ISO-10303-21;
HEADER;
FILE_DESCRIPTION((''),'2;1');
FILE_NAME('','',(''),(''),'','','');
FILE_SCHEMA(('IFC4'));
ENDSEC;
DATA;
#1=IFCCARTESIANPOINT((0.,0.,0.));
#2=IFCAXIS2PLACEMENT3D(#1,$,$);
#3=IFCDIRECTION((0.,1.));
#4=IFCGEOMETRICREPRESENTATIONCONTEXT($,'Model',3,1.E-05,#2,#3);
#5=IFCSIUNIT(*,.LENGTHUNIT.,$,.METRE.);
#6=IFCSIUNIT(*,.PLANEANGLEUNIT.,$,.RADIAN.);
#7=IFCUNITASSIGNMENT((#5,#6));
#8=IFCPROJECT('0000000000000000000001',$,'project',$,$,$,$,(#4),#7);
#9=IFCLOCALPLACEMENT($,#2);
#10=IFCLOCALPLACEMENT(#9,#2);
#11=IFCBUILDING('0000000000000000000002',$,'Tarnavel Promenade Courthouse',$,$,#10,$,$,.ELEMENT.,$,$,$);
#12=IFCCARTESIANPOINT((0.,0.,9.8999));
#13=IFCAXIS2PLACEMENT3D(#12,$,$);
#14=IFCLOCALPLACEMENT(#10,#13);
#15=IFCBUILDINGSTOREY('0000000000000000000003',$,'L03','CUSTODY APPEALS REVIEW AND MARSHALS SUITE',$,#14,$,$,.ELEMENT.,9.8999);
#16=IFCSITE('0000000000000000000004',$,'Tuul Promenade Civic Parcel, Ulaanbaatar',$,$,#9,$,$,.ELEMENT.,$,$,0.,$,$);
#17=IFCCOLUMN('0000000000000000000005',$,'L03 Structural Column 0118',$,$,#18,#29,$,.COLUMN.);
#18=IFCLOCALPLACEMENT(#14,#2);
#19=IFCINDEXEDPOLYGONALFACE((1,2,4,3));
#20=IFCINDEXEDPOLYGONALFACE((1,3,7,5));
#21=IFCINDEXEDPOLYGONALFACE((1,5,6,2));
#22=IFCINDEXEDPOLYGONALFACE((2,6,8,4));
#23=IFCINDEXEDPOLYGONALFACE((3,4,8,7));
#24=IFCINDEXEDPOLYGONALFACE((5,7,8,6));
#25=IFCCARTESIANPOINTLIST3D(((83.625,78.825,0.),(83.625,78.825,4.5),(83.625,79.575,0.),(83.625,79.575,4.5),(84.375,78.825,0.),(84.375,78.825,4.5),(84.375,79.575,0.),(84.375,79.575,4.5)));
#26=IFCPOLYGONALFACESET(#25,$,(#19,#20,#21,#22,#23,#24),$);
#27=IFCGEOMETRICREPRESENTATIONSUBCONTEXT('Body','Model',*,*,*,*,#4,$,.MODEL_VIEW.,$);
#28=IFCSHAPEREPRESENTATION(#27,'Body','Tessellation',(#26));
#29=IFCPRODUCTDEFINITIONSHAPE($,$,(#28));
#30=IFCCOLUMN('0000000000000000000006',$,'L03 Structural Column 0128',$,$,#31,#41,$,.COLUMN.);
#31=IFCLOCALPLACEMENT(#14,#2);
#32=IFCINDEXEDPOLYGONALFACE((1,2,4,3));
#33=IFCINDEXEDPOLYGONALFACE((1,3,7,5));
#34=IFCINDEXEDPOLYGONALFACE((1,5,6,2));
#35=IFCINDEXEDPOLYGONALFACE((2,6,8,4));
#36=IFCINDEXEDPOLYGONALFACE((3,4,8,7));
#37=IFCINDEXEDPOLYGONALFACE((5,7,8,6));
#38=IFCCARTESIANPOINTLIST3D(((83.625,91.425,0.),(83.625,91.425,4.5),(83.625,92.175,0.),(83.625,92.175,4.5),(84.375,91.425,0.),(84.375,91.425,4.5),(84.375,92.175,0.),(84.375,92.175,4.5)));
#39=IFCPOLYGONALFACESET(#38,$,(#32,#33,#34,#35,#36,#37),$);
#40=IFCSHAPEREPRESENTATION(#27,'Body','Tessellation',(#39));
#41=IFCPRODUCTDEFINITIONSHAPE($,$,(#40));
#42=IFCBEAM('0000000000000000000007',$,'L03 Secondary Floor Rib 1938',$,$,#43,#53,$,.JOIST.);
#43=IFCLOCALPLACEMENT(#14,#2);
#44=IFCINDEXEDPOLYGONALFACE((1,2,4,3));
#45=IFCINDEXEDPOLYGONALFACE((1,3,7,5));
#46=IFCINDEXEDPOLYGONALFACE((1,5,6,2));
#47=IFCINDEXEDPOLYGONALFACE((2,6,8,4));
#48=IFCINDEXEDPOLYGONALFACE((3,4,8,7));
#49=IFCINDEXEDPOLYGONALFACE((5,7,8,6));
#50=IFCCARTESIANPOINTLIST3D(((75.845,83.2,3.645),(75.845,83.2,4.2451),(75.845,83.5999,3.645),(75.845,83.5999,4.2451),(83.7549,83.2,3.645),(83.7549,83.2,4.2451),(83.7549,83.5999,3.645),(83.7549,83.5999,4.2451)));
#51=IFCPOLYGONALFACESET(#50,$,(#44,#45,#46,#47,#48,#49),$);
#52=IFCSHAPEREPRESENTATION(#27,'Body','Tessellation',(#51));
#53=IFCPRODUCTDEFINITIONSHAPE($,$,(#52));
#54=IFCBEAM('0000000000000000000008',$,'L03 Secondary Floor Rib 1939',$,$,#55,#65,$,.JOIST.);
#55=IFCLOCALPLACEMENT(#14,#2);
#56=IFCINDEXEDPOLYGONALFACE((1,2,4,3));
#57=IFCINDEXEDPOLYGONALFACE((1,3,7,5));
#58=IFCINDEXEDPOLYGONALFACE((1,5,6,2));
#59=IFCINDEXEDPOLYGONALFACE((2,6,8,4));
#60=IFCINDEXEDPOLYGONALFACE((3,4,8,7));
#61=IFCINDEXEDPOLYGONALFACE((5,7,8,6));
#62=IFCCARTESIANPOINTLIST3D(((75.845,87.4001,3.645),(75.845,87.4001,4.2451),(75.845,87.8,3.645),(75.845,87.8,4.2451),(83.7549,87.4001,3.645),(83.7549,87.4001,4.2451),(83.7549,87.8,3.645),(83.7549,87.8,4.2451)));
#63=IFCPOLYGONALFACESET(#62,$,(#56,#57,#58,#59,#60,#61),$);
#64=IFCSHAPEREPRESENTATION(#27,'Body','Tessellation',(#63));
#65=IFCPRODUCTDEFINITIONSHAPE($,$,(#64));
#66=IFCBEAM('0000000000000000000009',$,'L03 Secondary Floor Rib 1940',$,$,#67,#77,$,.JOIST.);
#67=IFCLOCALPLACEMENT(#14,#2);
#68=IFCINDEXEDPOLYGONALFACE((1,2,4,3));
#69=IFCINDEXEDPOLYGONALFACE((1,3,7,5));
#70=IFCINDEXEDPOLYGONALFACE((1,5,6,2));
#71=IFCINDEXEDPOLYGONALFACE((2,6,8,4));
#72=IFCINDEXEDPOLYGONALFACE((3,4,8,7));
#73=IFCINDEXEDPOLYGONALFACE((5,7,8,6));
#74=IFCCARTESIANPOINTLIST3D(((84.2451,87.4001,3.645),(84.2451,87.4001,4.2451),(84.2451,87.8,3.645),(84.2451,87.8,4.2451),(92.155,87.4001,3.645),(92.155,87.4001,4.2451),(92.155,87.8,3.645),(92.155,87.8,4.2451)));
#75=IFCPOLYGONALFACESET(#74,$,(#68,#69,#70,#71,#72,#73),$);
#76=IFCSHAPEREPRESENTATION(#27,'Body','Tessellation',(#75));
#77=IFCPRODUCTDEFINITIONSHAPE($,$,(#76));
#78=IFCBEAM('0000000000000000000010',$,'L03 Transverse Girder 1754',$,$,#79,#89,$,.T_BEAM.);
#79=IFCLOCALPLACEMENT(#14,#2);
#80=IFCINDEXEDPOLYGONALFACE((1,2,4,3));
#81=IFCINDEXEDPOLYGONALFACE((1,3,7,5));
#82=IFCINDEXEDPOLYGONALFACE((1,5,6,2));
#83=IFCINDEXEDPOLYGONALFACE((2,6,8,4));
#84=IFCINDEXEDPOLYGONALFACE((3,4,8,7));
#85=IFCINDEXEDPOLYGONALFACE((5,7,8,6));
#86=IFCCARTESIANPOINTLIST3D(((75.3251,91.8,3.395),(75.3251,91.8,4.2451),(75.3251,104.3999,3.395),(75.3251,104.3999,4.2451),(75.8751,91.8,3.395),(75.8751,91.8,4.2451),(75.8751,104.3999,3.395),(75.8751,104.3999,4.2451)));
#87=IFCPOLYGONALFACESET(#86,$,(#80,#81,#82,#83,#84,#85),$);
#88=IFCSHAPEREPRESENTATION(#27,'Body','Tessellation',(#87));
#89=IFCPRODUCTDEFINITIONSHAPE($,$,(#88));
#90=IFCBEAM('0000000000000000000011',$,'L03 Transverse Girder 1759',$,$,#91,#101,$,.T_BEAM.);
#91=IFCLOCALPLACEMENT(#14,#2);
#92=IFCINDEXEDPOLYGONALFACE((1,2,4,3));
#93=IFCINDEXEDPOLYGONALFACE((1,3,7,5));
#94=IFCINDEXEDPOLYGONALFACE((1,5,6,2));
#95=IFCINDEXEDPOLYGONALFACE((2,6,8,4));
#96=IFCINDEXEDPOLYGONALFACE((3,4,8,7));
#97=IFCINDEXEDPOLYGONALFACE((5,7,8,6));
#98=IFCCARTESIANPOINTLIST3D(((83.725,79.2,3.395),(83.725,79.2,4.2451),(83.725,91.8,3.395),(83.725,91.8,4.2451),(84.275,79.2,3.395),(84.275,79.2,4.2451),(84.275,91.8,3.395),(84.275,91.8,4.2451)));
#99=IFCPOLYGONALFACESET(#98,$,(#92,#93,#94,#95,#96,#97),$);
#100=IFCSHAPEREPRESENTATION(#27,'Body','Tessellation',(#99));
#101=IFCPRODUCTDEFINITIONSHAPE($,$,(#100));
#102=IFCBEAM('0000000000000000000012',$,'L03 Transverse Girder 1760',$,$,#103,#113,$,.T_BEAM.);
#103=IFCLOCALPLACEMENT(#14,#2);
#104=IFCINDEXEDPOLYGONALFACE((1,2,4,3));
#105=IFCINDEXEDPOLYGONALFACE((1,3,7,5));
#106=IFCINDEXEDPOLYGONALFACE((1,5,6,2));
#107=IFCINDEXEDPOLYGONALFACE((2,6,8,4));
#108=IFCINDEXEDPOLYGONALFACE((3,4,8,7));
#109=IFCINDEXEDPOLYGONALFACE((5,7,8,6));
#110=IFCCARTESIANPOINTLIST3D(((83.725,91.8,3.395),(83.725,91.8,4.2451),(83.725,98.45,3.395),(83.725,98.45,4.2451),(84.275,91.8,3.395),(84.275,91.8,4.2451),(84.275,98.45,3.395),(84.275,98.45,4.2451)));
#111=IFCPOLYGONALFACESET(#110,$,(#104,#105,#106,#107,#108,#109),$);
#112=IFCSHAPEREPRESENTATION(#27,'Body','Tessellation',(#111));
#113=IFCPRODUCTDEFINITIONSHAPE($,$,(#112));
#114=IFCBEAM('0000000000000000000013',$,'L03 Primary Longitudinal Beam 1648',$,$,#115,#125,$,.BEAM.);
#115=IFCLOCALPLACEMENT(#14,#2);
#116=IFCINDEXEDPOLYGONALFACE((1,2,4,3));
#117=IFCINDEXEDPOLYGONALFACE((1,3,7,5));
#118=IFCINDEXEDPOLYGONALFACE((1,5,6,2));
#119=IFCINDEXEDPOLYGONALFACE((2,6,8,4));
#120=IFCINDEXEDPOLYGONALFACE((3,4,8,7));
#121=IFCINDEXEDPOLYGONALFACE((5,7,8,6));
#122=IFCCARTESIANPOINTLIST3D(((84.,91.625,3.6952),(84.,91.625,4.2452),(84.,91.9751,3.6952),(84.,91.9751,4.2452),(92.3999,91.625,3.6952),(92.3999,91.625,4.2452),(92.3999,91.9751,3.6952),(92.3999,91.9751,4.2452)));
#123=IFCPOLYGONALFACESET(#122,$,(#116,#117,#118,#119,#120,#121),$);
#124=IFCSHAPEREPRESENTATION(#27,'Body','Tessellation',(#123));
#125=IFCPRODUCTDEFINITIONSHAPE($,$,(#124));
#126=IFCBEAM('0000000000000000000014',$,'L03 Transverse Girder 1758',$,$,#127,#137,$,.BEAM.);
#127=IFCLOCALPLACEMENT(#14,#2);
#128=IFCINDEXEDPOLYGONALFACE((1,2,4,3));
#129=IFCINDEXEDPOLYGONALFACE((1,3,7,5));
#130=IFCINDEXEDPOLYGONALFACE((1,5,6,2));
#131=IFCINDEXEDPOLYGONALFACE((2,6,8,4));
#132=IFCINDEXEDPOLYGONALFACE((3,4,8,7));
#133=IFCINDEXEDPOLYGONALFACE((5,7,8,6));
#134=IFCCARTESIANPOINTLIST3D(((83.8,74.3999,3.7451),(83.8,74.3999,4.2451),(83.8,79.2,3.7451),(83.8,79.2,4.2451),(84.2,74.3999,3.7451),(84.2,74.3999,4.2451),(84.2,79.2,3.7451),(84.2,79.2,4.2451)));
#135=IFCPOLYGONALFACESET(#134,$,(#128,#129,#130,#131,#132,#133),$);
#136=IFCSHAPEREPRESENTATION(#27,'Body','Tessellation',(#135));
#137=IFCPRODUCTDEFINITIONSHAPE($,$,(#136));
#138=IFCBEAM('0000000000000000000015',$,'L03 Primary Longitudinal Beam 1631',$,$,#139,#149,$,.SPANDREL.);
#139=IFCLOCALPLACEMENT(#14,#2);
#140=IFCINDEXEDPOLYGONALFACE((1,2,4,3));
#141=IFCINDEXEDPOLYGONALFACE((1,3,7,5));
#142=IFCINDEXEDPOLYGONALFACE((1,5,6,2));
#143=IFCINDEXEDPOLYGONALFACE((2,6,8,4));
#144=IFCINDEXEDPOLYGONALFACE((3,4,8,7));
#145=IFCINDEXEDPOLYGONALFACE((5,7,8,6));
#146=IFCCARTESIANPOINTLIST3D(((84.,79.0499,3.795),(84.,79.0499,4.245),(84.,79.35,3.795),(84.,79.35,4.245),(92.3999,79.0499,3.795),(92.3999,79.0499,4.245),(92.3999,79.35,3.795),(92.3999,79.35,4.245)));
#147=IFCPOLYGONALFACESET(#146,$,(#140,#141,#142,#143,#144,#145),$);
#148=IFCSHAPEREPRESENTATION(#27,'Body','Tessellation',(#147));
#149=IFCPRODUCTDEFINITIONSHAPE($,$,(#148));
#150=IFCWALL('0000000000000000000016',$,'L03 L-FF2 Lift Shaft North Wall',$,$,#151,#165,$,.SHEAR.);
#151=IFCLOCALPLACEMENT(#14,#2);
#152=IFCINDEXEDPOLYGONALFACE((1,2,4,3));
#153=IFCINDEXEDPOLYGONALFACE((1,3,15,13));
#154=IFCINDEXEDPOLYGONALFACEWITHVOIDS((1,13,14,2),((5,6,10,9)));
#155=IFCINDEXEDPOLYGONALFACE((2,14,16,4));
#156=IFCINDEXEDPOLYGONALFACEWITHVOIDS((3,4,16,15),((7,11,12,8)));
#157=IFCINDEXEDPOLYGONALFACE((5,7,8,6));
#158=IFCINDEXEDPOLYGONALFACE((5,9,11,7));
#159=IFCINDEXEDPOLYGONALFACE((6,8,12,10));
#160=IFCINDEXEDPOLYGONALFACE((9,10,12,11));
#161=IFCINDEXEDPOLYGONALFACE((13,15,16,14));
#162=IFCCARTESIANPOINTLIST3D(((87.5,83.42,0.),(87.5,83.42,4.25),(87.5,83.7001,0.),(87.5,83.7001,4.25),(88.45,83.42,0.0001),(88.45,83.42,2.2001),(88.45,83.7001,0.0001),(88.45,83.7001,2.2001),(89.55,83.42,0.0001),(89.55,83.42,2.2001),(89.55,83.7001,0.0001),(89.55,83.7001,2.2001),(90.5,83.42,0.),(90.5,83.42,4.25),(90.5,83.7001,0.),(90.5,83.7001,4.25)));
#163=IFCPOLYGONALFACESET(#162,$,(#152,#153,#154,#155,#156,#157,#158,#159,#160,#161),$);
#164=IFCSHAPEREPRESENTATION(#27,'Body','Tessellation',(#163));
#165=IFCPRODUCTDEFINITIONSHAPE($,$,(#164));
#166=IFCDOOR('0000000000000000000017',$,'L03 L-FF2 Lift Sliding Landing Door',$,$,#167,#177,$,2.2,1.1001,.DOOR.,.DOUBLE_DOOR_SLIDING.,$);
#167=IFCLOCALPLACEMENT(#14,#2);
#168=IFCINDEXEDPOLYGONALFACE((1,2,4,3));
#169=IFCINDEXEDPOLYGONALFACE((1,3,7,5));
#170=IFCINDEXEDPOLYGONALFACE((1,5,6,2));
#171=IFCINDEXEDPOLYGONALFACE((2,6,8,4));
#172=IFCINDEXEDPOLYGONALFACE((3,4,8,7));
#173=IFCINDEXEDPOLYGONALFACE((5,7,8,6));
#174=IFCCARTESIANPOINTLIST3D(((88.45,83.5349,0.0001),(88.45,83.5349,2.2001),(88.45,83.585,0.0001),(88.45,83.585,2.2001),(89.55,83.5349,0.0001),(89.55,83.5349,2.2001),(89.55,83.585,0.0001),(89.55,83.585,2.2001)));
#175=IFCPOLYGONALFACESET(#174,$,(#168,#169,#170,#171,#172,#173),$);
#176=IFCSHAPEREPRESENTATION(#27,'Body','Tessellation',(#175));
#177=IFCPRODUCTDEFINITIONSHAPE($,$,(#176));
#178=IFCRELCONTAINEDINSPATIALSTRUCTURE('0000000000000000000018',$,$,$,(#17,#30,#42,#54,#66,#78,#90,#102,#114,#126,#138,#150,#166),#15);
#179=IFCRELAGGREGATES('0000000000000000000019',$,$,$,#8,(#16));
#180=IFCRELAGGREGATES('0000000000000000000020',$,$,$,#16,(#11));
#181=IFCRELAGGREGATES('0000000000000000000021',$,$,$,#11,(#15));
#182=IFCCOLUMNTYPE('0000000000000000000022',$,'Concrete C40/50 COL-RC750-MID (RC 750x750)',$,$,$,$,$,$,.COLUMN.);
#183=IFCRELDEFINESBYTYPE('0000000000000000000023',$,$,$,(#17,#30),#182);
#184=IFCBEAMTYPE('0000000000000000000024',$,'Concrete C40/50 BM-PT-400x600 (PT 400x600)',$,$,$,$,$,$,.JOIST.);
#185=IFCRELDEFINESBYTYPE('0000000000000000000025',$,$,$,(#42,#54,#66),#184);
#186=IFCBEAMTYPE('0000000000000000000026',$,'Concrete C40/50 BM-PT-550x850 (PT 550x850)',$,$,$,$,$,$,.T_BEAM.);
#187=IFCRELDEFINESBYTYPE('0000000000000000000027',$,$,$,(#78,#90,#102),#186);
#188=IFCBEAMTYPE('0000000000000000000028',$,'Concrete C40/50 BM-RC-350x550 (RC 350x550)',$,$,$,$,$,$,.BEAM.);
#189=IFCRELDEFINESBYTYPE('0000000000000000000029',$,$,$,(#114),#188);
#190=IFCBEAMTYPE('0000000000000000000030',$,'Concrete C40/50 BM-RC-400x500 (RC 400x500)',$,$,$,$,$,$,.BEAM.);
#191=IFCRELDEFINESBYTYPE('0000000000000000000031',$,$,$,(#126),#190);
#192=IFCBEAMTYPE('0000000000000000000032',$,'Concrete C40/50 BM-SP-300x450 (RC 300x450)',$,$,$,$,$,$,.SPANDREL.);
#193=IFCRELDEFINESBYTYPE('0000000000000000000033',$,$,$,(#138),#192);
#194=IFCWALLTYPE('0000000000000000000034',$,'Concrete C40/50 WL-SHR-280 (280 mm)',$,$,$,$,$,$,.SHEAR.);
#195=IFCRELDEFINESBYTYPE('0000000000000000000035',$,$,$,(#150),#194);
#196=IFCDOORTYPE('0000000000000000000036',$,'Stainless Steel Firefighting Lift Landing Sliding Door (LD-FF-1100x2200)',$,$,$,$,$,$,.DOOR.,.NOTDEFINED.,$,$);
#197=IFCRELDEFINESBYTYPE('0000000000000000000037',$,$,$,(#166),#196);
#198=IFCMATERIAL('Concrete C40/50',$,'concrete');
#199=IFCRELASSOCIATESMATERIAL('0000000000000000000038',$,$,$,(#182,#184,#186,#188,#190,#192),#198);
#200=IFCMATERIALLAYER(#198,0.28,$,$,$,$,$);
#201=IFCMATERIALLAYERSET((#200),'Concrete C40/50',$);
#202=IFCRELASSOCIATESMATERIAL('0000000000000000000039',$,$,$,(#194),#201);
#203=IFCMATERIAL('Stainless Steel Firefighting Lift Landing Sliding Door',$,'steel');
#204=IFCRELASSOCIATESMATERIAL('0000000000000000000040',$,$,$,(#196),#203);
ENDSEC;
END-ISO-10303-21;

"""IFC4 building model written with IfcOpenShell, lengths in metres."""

from ifc_helpers import new_model, si_unit, direction, frame, frame_2d, origin, origin_2d, place, context, subcontext, project, spatial, rectangle, extrude, material, layer, layer_set, material_profile, profile_set, type_object, element, fill, save


model = new_model("IFC4")

# Units and contexts
model_context = context("Model", 3, precision=1e-05, world=origin(), true_north=direction((0.0, 1.0)))
body_context = subcontext(model_context, "Body", "Model", "MODEL_VIEW")
ifc_project = project(units=[si_unit("LENGTHUNIT", "METRE"), si_unit("PLANEANGLEUNIT", "RADIAN")], contexts=[model_context])

# Site, building, storey
site_placement = place(None, origin())
site = spatial("IfcSite", under=ifc_project, at=site_placement, Name="Tuul Promenade Civic Parcel, Ulaanbaatar", CompositionType="ELEMENT", RefElevation=0.0)
building_placement = place(site_placement, origin())
building = spatial("IfcBuilding", under=site, at=building_placement, Name="Tarnavel Promenade Courthouse", CompositionType="ELEMENT")
storey_placement = place(building_placement, frame((0.0, 0.0, 9.8999)))
storey = spatial("IfcBuildingStorey", under=building, at=storey_placement, Name="L03", Description="CUSTODY APPEALS REVIEW AND MARSHALS SUITE", CompositionType="ELEMENT", Elevation=9.8999)

# Columns
ifc_material_1 = material(Name="Concrete C40/50", Category="concrete")
ifc_material_profile_1 = material_profile(ifc_material_1, rectangle(XDim=0.75, YDim=0.75, at=origin_2d()), Name="RC 750x750")
ifc_profile_set_1 = profile_set([ifc_material_profile_1], Name="Concrete C40/50")
column_type = type_object("IfcColumnType", Name="Concrete C40/50 COL-RC750-MID (RC 750x750)", PredefinedType="COLUMN", material=ifc_profile_set_1)
for number, where, z_axis, x_axis, name in (
    (1, (84.0, 79.2, 0.0), (0.0, 0.0, 1.0), (1.0, 0.0, 0.0), "L03 Structural Column 0118"),
    (2, (84.0, 91.8, 0.0), (0.0, 0.0, 1.0), (1.0, 0.0, 0.0), "L03 Structural Column 0128"),
):
    element("IfcColumn", number, at=place(storey_placement, frame(where, z_axis=z_axis, x_axis=x_axis)), inside=storey, type_object=column_type, Name=name, PredefinedType="COLUMN", context=body_context, shape_type="SweptSolid", body=[
        extrude(rectangle(XDim=0.75, YDim=0.75, at=origin_2d()), origin(), (0.0, 0.0, 1.0), 4.5),
    ])

# Beams
ifc_material_profile_2 = material_profile(ifc_material_1, rectangle(XDim=0.3999, YDim=0.6001, at=origin_2d()), Name="PT 400x600")
ifc_profile_set_2 = profile_set([ifc_material_profile_2], Name="Concrete C40/50")
beam_type_1 = type_object("IfcBeamType", Name="Concrete C40/50 BM-PT-400x600 (PT 400x600)", PredefinedType="JOIST", material=ifc_profile_set_2)
for number, where, z_axis, x_axis, name in (
    (3, (75.845, 83.3999, 3.9451), (1.0, 0.0, 0.0), (0.0, 1.0, 0.0), "L03 Secondary Floor Rib 1938"),
    (4, (75.845, 87.6001, 3.9451), (1.0, 0.0, 0.0), (0.0, 1.0, 0.0), "L03 Secondary Floor Rib 1939"),
    (5, (84.2451, 87.6001, 3.9451), (1.0, 0.0, 0.0), (0.0, 1.0, 0.0), "L03 Secondary Floor Rib 1940"),
):
    element("IfcBeam", number, at=place(storey_placement, frame(where, z_axis=z_axis, x_axis=x_axis)), inside=storey, type_object=beam_type_1, Name=name, PredefinedType="JOIST", context=body_context, shape_type="SweptSolid", body=[
        extrude(rectangle(XDim=0.3999, YDim=0.6001, at=origin_2d()), origin(), (0.0, 0.0, 1.0), 7.9099),
    ])
ifc_material_profile_3 = material_profile(ifc_material_1, rectangle(XDim=0.55, YDim=0.8501, at=origin_2d()), Name="PT 550x850")
ifc_profile_set_3 = profile_set([ifc_material_profile_3], Name="Concrete C40/50")
beam_type_2 = type_object("IfcBeamType", Name="Concrete C40/50 BM-PT-550x850 (PT 550x850)", PredefinedType="T_BEAM", material=ifc_profile_set_3)
beam_1_placement = place(storey_placement, frame((75.6001, 91.8, 3.8201), z_axis=(0.0, 1.0, 0.0), x_axis=(-1.0, 0.0, 0.0)))
element("IfcBeam", 6, at=beam_1_placement, inside=storey, type_object=beam_type_2, Name="L03 Transverse Girder 1754", PredefinedType="T_BEAM", context=body_context, shape_type="SweptSolid", body=[
    extrude(rectangle(XDim=0.55, YDim=0.8501, at=origin_2d()), origin(), (0.0, 0.0, 1.0), 12.5999),
])
beam_2_placement = place(storey_placement, frame((84.0, 79.2, 3.8201), z_axis=(0.0, 1.0, 0.0), x_axis=(-1.0, 0.0, 0.0)))
element("IfcBeam", 7, at=beam_2_placement, inside=storey, type_object=beam_type_2, Name="L03 Transverse Girder 1759", PredefinedType="T_BEAM", context=body_context, shape_type="SweptSolid", body=[
    extrude(rectangle(XDim=0.55, YDim=0.8501, at=origin_2d()), origin(), (0.0, 0.0, 1.0), 12.6001),
])
beam_3_placement = place(storey_placement, frame((84.0, 91.8, 3.8201), z_axis=(0.0, 1.0, 0.0), x_axis=(-1.0, 0.0, 0.0)))
element("IfcBeam", 8, at=beam_3_placement, inside=storey, type_object=beam_type_2, Name="L03 Transverse Girder 1760", PredefinedType="T_BEAM", context=body_context, shape_type="SweptSolid", body=[
    extrude(rectangle(XDim=0.55, YDim=0.8501, at=origin_2d()), origin(), (0.0, 0.0, 1.0), 6.6499),
])
ifc_material_profile_4 = material_profile(ifc_material_1, rectangle(XDim=0.3501, YDim=0.55, at=origin_2d()), Name="RC 350x550")
ifc_profile_set_4 = profile_set([ifc_material_profile_4], Name="Concrete C40/50")
beam_type_3 = type_object("IfcBeamType", Name="Concrete C40/50 BM-RC-350x550 (RC 350x550)", PredefinedType="BEAM", material=ifc_profile_set_4)
beam_4_placement = place(storey_placement, frame((84.0, 91.8, 3.9702), z_axis=(1.0, 0.0, 0.0), x_axis=(0.0, 1.0, 0.0)))
element("IfcBeam", 9, at=beam_4_placement, inside=storey, type_object=beam_type_3, Name="L03 Primary Longitudinal Beam 1648", PredefinedType="BEAM", context=body_context, shape_type="SweptSolid", body=[
    extrude(rectangle(XDim=0.3501, YDim=0.55, at=origin_2d()), origin(), (0.0, 0.0, 1.0), 8.3999),
])
ifc_material_profile_5 = material_profile(ifc_material_1, rectangle(XDim=0.3999, YDim=0.5, at=origin_2d()), Name="RC 400x500")
ifc_profile_set_5 = profile_set([ifc_material_profile_5], Name="Concrete C40/50")
beam_type_4 = type_object("IfcBeamType", Name="Concrete C40/50 BM-RC-400x500 (RC 400x500)", PredefinedType="BEAM", material=ifc_profile_set_5)
beam_5_placement = place(storey_placement, frame((84.0, 74.3999, 3.9951), z_axis=(0.0, 1.0, 0.0), x_axis=(-1.0, 0.0, 0.0)))
element("IfcBeam", 10, at=beam_5_placement, inside=storey, type_object=beam_type_4, Name="L03 Transverse Girder 1758", PredefinedType="BEAM", context=body_context, shape_type="SweptSolid", body=[
    extrude(rectangle(XDim=0.3999, YDim=0.5, at=origin_2d()), origin(), (0.0, 0.0, 1.0), 4.8),
])
ifc_material_profile_6 = material_profile(ifc_material_1, rectangle(XDim=0.3, YDim=0.45, at=origin_2d()), Name="RC 300x450")
ifc_profile_set_6 = profile_set([ifc_material_profile_6], Name="Concrete C40/50")
beam_type_5 = type_object("IfcBeamType", Name="Concrete C40/50 BM-SP-300x450 (RC 300x450)", PredefinedType="SPANDREL", material=ifc_profile_set_6)
beam_6_placement = place(storey_placement, frame((84.0, 79.2, 4.02), z_axis=(1.0, 0.0, 0.0), x_axis=(0.0, 1.0, 0.0)))
element("IfcBeam", 11, at=beam_6_placement, inside=storey, type_object=beam_type_5, Name="L03 Primary Longitudinal Beam 1631", PredefinedType="SPANDREL", context=body_context, shape_type="SweptSolid", body=[
    extrude(rectangle(XDim=0.3, YDim=0.45, at=origin_2d()), origin(), (0.0, 0.0, 1.0), 8.3999),
])

# Wall, opening, door
ifc_layer_1 = layer(ifc_material_1, 0.28)
ifc_layer_set_1 = layer_set([ifc_layer_1], Name="Concrete C40/50")
wall_type_1 = type_object("IfcWallType", Name="Concrete C40/50 WL-SHR-280 (280 mm)", PredefinedType="SHEAR", material=ifc_layer_set_1)
wall_1_placement = place(storey_placement, frame((87.5, 83.5601, 0.0), z_axis=(0.0, 0.0, 1.0), x_axis=(1.0, 0.0, 0.0)))
wall_1 = element("IfcWall", 12, at=wall_1_placement, inside=storey, type_object=wall_type_1, Name="L03 L-FF2 Lift Shaft North Wall", PredefinedType="SHEAR", context=body_context, shape_type="SweptSolid", body=[
    extrude(rectangle(XDim=3.0, YDim=0.28, at=frame_2d((1.5, 0.0))), origin(), (0.0, 0.0, 1.0), 4.25),
])
opening_1_placement = place(wall_1_placement, frame((0.95, 0.0, 0.0)))
opening_1 = element("IfcOpeningElement", 13, at=opening_1_placement, cuts=wall_1, PredefinedType="OPENING", context=body_context, shape_type="SweptSolid", body=[
    extrude(rectangle(XDim=1.1001, YDim=2.2, at=frame_2d((0.55, 1.1001))), frame((0.0, 0.1499, 0.0), z_axis=(0.0, -1.0, 0.0), x_axis=(1.0, 0.0, 0.0)), (0.0, 0.0, 1.0), 0.3),
])
ifc_material_2 = material(Name="Stainless Steel Firefighting Lift Landing Sliding Door", Category="steel")
door_type_1 = type_object("IfcDoorType", Name="Stainless Steel Firefighting Lift Landing Sliding Door (LD-FF-1100x2200)", OperationType="NOTDEFINED", PredefinedType="DOOR", material=ifc_material_2)
door_1_placement = place(opening_1_placement, origin())
door_1 = element("IfcDoor", 14, at=door_1_placement, inside=storey, type_object=door_type_1, Name="L03 L-FF2 Lift Sliding Landing Door", OperationType="DOUBLE_DOOR_SLIDING", OverallHeight=2.2, OverallWidth=1.1001, PredefinedType="DOOR", context=body_context, shape_type="SweptSolid", body=[
    extrude(rectangle(XDim=1.1001, YDim=2.2, at=frame_2d((0.55, 1.1001))), frame((0.0, 0.0249, 0.0), z_axis=(0.0, -1.0, 0.0), x_axis=(1.0, 0.0, 0.0)), (0.0, 0.0, 1.0), 0.05),
])
fill(opening_1, door_1)

save(model, "model.ifc")
